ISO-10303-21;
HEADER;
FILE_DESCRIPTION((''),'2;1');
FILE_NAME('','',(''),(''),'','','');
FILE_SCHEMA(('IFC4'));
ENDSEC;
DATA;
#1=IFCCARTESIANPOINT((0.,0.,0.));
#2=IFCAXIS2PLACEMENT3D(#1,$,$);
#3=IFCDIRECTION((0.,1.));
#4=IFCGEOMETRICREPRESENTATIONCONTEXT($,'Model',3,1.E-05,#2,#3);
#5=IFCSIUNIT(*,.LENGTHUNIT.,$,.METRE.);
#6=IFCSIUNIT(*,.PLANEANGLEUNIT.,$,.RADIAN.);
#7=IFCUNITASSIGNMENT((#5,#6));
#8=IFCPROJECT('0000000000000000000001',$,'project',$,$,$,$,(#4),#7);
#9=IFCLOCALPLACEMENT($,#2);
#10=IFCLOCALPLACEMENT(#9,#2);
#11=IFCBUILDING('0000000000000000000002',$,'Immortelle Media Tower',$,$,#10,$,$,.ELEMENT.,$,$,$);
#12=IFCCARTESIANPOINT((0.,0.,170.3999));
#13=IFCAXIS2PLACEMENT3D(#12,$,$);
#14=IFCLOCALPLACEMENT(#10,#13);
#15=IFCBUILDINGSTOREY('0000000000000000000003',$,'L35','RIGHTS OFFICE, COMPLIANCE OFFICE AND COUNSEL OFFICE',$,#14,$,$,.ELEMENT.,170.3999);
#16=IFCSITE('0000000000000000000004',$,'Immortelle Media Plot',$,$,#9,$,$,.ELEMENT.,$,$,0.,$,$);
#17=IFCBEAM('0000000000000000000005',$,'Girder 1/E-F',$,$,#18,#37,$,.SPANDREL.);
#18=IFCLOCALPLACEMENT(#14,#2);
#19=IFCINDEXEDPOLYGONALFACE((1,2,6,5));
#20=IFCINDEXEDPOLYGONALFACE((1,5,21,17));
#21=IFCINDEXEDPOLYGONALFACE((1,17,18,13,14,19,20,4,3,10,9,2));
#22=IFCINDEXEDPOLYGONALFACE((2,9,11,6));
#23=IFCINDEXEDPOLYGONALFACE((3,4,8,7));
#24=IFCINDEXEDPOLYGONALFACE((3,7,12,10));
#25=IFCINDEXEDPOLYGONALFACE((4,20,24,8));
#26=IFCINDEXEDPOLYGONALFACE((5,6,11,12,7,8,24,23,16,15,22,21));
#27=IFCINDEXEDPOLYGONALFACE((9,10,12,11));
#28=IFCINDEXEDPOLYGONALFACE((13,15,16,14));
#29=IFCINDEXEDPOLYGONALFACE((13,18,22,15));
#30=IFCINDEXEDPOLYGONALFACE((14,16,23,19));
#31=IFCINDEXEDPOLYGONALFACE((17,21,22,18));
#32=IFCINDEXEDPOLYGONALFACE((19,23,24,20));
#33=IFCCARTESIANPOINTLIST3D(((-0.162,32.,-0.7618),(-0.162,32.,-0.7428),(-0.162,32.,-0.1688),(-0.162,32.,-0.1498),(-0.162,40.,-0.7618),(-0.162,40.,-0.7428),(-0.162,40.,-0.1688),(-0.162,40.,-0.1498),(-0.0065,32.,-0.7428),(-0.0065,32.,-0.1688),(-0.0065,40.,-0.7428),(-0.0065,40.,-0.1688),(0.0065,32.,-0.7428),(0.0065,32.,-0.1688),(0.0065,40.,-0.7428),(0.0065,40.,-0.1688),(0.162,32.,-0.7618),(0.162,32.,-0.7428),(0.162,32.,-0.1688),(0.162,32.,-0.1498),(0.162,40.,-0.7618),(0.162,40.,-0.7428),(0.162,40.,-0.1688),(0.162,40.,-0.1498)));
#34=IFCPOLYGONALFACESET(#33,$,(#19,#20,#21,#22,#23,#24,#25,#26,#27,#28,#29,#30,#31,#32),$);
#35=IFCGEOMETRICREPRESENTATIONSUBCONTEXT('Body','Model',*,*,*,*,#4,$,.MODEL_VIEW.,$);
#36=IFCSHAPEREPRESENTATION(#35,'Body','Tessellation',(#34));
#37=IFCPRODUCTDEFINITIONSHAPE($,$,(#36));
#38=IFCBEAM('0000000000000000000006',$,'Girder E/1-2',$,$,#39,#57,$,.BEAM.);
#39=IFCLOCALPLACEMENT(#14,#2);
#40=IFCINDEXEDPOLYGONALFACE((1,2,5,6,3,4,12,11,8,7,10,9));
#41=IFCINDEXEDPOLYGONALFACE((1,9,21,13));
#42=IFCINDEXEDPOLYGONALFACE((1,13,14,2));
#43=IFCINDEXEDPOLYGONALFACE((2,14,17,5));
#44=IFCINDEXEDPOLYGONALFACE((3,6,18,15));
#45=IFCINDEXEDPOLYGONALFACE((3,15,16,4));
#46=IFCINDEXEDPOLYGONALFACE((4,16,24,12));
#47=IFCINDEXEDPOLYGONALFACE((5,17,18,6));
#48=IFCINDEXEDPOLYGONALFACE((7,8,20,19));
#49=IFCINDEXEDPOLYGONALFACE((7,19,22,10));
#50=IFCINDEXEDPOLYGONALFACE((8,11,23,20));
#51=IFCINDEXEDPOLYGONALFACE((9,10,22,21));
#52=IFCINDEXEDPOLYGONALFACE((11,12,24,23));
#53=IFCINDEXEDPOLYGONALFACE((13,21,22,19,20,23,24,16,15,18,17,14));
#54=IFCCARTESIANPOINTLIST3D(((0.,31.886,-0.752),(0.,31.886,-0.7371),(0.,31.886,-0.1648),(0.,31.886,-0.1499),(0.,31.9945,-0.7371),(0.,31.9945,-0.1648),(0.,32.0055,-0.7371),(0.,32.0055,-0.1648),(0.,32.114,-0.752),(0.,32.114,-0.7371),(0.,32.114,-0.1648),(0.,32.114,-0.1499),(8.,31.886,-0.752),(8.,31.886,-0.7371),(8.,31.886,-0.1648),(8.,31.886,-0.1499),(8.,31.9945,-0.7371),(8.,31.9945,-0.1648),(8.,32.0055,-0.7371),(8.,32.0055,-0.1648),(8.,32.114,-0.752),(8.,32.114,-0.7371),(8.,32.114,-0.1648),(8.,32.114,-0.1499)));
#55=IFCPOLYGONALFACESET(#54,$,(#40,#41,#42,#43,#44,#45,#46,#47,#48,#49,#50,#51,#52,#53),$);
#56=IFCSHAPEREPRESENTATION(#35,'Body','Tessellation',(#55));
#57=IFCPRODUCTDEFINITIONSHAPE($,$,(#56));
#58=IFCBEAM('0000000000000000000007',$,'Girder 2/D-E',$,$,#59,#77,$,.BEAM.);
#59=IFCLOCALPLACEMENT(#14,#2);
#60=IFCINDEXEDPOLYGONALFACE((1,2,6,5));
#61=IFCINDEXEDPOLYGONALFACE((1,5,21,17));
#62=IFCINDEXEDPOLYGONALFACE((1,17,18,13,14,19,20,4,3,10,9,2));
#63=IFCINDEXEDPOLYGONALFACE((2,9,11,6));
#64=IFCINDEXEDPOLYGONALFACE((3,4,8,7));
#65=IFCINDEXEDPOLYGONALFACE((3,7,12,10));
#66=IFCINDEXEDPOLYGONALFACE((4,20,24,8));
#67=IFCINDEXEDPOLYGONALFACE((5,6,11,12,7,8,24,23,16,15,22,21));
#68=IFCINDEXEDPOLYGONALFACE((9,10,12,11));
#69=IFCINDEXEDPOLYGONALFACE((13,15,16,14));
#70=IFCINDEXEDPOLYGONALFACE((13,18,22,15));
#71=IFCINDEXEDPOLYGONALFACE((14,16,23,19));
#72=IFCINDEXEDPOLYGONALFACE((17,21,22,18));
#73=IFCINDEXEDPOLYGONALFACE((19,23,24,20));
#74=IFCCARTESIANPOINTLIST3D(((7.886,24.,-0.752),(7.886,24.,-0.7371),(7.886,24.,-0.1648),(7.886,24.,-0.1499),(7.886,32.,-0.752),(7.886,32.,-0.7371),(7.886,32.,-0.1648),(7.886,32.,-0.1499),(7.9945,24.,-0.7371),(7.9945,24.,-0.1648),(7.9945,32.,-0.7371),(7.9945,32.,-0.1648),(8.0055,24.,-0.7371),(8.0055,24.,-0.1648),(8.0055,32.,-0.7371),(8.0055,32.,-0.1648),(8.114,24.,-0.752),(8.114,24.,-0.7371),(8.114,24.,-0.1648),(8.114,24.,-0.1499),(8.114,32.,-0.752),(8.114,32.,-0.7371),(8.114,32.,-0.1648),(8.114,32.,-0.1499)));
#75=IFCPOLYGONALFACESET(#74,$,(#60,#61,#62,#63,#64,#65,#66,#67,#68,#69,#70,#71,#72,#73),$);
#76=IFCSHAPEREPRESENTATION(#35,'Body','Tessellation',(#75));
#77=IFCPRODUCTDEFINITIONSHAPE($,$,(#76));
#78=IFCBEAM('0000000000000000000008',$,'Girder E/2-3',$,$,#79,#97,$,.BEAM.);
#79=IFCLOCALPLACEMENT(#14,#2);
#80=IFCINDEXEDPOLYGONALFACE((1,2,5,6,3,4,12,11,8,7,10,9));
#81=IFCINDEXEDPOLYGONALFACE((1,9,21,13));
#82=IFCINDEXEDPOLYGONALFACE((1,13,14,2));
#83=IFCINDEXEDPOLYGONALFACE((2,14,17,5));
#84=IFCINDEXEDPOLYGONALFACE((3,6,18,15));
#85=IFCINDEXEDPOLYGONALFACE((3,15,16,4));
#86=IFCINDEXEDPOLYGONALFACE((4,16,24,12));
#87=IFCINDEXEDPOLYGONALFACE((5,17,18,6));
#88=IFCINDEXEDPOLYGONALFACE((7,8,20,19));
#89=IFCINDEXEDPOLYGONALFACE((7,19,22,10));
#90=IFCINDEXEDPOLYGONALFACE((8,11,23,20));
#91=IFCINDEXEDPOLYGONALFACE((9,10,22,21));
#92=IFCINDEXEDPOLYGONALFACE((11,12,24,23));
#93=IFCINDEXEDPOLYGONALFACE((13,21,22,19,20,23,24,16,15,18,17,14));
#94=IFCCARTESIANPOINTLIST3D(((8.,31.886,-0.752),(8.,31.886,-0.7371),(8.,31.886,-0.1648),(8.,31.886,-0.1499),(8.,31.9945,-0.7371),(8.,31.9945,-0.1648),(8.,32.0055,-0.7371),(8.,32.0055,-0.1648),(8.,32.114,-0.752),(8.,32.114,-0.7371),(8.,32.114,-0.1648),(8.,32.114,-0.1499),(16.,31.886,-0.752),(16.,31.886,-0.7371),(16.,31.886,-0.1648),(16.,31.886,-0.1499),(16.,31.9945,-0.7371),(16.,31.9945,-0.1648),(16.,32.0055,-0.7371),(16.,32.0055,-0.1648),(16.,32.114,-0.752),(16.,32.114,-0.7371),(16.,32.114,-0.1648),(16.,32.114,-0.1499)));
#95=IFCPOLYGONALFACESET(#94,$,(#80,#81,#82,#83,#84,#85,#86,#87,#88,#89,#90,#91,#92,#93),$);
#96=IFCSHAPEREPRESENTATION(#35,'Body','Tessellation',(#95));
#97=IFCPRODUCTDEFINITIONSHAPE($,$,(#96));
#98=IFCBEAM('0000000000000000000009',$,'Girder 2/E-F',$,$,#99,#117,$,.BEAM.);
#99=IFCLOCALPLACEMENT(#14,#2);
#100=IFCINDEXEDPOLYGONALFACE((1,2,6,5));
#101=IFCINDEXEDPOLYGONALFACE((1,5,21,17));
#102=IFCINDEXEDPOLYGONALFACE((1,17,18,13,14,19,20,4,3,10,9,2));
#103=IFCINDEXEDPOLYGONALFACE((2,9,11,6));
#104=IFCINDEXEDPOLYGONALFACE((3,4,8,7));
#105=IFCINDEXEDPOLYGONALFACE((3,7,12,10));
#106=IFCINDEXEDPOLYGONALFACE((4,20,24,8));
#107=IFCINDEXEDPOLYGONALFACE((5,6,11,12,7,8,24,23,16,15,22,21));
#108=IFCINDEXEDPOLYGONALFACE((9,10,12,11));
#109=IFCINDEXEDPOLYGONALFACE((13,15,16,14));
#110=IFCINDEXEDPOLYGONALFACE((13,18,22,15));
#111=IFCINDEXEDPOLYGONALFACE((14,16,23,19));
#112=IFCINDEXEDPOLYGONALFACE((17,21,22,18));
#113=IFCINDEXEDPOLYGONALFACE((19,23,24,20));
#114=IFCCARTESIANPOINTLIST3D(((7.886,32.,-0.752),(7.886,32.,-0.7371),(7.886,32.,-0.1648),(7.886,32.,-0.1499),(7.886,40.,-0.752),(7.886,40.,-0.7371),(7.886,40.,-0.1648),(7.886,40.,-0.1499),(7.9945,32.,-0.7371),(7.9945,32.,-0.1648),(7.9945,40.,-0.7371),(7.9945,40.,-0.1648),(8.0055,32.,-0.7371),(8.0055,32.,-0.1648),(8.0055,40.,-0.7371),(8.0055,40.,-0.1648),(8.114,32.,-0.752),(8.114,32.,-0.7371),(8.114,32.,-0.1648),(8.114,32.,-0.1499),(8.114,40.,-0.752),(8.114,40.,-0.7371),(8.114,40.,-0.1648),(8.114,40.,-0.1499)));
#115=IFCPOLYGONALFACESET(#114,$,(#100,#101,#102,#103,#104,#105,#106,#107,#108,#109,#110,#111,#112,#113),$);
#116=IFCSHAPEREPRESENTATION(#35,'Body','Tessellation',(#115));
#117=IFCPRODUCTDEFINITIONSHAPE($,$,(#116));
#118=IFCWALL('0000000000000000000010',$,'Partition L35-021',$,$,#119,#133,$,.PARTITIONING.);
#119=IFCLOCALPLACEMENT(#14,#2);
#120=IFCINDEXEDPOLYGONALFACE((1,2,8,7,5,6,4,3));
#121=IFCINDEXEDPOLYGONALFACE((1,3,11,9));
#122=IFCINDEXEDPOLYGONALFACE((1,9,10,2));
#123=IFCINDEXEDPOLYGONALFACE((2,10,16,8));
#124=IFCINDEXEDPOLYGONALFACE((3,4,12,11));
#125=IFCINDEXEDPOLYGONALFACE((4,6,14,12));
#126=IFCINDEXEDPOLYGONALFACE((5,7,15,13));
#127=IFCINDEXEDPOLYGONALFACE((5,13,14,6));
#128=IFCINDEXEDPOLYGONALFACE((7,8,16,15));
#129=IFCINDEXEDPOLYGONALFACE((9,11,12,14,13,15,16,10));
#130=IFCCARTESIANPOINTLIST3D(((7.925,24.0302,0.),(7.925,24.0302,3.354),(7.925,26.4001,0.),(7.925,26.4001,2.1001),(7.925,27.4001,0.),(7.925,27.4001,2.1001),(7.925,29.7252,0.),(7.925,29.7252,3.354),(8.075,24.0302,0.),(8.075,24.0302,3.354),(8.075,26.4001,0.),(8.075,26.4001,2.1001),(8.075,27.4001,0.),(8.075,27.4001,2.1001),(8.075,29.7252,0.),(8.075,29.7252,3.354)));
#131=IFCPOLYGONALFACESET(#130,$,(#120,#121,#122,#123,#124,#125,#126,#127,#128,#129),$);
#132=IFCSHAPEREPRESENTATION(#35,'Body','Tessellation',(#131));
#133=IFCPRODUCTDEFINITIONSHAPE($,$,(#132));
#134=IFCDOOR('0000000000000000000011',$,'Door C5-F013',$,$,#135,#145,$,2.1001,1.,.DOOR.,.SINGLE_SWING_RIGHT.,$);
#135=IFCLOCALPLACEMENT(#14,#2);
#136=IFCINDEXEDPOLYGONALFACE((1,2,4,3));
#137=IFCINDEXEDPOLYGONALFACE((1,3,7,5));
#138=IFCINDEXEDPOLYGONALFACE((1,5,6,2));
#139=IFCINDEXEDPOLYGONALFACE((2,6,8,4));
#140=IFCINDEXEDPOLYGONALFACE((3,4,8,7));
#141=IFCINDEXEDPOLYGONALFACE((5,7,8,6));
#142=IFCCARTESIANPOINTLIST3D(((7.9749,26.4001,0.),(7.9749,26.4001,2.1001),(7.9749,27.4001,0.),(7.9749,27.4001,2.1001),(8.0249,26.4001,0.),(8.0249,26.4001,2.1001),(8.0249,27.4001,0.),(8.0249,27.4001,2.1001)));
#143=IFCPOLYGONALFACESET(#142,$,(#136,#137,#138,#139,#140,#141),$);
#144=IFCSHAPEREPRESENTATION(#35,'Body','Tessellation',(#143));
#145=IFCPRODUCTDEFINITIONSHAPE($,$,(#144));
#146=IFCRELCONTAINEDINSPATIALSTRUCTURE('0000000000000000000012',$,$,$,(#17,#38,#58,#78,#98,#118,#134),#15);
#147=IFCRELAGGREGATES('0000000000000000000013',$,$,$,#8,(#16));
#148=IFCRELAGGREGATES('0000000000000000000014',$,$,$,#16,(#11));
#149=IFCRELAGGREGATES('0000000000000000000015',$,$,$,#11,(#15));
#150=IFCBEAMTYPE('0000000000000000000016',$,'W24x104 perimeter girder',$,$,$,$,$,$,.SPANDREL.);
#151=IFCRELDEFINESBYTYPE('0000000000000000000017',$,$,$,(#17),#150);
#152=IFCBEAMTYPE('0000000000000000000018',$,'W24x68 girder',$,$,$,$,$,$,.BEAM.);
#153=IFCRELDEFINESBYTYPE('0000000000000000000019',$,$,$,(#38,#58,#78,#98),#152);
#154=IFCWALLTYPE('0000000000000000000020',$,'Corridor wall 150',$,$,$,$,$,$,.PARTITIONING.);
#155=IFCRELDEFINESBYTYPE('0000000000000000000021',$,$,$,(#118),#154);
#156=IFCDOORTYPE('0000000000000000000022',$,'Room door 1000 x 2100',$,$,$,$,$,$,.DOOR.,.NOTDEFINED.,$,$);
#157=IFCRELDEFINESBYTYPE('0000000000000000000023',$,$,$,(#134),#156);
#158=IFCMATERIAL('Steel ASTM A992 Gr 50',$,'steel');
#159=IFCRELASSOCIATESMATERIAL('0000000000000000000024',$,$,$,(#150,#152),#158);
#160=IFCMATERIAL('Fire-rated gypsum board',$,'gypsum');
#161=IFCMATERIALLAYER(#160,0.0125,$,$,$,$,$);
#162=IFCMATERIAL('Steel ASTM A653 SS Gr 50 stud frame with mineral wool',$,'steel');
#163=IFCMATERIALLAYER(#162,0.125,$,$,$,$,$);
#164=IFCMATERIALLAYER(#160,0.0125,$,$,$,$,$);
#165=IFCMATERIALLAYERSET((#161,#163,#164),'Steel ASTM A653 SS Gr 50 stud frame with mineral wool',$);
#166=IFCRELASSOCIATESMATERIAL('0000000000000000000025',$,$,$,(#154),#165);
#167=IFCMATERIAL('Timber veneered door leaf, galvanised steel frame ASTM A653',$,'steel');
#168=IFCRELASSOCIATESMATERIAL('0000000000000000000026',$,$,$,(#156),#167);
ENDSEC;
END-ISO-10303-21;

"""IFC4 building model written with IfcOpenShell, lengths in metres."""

from ifc_helpers import new_model, si_unit, direction, frame, frame_2d, origin, origin_2d, place, context, subcontext, project, spatial, rectangle, i_section, extrude, material, layer, layer_set, material_profile, profile_set, type_object, element, fill, save


model = new_model("IFC4")

# Units and contexts
model_context = context("Model", 3, precision=1e-05, world=origin(), true_north=direction((0.0, 1.0)))
body_context = subcontext(model_context, "Body", "Model", "MODEL_VIEW")
ifc_project = project(units=[si_unit("LENGTHUNIT", "METRE"), si_unit("PLANEANGLEUNIT", "RADIAN")], contexts=[model_context])

# Site, building, storey
site_placement = place(None, origin())
site = spatial("IfcSite", under=ifc_project, at=site_placement, Name="Immortelle Media Plot", CompositionType="ELEMENT", RefElevation=0.0)
building_placement = place(site_placement, origin())
building = spatial("IfcBuilding", under=site, at=building_placement, Name="Immortelle Media Tower", CompositionType="ELEMENT")
storey_placement = place(building_placement, frame((0.0, 0.0, 170.3999)))
storey = spatial("IfcBuildingStorey", under=building, at=storey_placement, Name="L35", Description="RIGHTS OFFICE, COMPLIANCE OFFICE AND COUNSEL OFFICE", CompositionType="ELEMENT", Elevation=170.3999)

# Shared definitions
ifc_material_1 = material(Name="Steel ASTM A992 Gr 50", Category="steel")

# Beams
ifc_material_profile_1 = material_profile(ifc_material_1, i_section(OverallWidth=0.324, OverallDepth=0.6121, WebThickness=0.0129, FlangeThickness=0.019, at=origin_2d()), Name="W24x104")
ifc_profile_set_1 = profile_set([ifc_material_profile_1], Name="Steel ASTM A992 Gr 50")
beam_type_1 = type_object("IfcBeamType", Name="W24x104 perimeter girder", PredefinedType="SPANDREL", material=ifc_profile_set_1)
beam_1_placement = place(storey_placement, frame((0.0, 32.0, -0.4558), z_axis=(0.0, 1.0, 0.0), x_axis=(-1.0, 0.0, 0.0)))
element("IfcBeam", 1, at=beam_1_placement, inside=storey, type_object=beam_type_1, Name="Girder 1/E-F", PredefinedType="SPANDREL", context=body_context, shape_type="SweptSolid", body=[
    extrude(i_section(OverallWidth=0.324, OverallDepth=0.6121, WebThickness=0.0129, FlangeThickness=0.019, at=origin_2d()), origin(), (0.0, 0.0, 1.0), 8.0),
])
ifc_material_profile_2 = material_profile(ifc_material_1, i_section(OverallWidth=0.228, OverallDepth=0.6021, WebThickness=0.011, FlangeThickness=0.0149, at=origin_2d()), Name="W24x68")
ifc_profile_set_2 = profile_set([ifc_material_profile_2], Name="Steel ASTM A992 Gr 50")
beam_type_2 = type_object("IfcBeamType", Name="W24x68 girder", PredefinedType="BEAM", material=ifc_profile_set_2)
for number, where, z_axis, x_axis, name in (
    (2, (0.0, 32.0, -0.4509), (1.0, 0.0, 0.0), (0.0, 1.0, 0.0), "Girder E/1-2"),
    (3, (8.0, 24.0, -0.4509), (0.0, 1.0, 0.0), (-1.0, 0.0, 0.0), "Girder 2/D-E"),
    (4, (8.0, 32.0, -0.4509), (1.0, 0.0, 0.0), (0.0, 1.0, 0.0), "Girder E/2-3"),
    (5, (8.0, 32.0, -0.4509), (0.0, 1.0, 0.0), (-1.0, 0.0, 0.0), "Girder 2/E-F"),
):
    element("IfcBeam", number, at=place(storey_placement, frame(where, z_axis=z_axis, x_axis=x_axis)), inside=storey, type_object=beam_type_2, Name=name, PredefinedType="BEAM", context=body_context, shape_type="SweptSolid", body=[
        extrude(i_section(OverallWidth=0.228, OverallDepth=0.6021, WebThickness=0.011, FlangeThickness=0.0149, at=origin_2d()), origin(), (0.0, 0.0, 1.0), 8.0),
    ])

# Wall, opening, door
ifc_material_2 = material(Name="Fire-rated gypsum board", Category="gypsum")
ifc_layer_1 = layer(ifc_material_2, 0.0125)
ifc_material_3 = material(Name="Steel ASTM A653 SS Gr 50 stud frame with mineral wool", Category="steel")
ifc_layer_2 = layer(ifc_material_3, 0.125)
ifc_layer_3 = layer(ifc_material_2, 0.0125)
ifc_layer_set_1 = layer_set([ifc_layer_1, ifc_layer_2, ifc_layer_3], Name="Steel ASTM A653 SS Gr 50 stud frame with mineral wool")
wall_type_1 = type_object("IfcWallType", Name="Corridor wall 150", PredefinedType="PARTITIONING", material=ifc_layer_set_1)
wall_1_placement = place(storey_placement, frame((8.0, 24.03, 0.0), z_axis=(0.0, 0.0, 1.0), x_axis=(0.0, 1.0, 0.0)))
wall_1 = element("IfcWall", 6, at=wall_1_placement, inside=storey, type_object=wall_type_1, Name="Partition L35-021", PredefinedType="PARTITIONING", context=body_context, shape_type="SweptSolid", body=[
    extrude(rectangle(XDim=5.6951, YDim=0.1499, at=frame_2d((2.8477, 0.0))), origin(), (0.0, 0.0, 1.0), 3.354),
])
opening_1_placement = place(wall_1_placement, frame((3.3701, 0.0, 0.0), z_axis=(0.0, 0.0, 1.0), x_axis=(-1.0, 0.0, 0.0)))
opening_1 = element("IfcOpeningElement", 7, at=opening_1_placement, cuts=wall_1, PredefinedType="OPENING", context=body_context, shape_type="SweptSolid", body=[
    extrude(rectangle(XDim=1.0, YDim=2.1001, at=frame_2d((0.5, 1.05))), frame((0.0, 0.085, 0.0), z_axis=(0.0, -1.0, 0.0), x_axis=(1.0, 0.0, 0.0)), (0.0, 0.0, 1.0), 0.1699),
])
ifc_material_4 = material(Name="Timber veneered door leaf, galvanised steel frame ASTM A653", Category="steel")
door_type_1 = type_object("IfcDoorType", Name="Room door 1000 x 2100", OperationType="NOTDEFINED", PredefinedType="DOOR", material=ifc_material_4)
door_1_placement = place(opening_1_placement, origin())
door_1 = element("IfcDoor", 8, at=door_1_placement, inside=storey, type_object=door_type_1, Name="Door C5-F013", OperationType="SINGLE_SWING_RIGHT", OverallHeight=2.1001, OverallWidth=1.0, PredefinedType="DOOR", context=body_context, shape_type="SweptSolid", body=[
    extrude(rectangle(XDim=1.0, YDim=2.1001, at=frame_2d((0.5, 1.05))), frame((0.0, 0.0249, 0.0), z_axis=(0.0, -1.0, 0.0), x_axis=(1.0, 0.0, 0.0)), (0.0, 0.0, 1.0), 0.05),
])
fill(opening_1, door_1)

save(model, "model.ifc")
